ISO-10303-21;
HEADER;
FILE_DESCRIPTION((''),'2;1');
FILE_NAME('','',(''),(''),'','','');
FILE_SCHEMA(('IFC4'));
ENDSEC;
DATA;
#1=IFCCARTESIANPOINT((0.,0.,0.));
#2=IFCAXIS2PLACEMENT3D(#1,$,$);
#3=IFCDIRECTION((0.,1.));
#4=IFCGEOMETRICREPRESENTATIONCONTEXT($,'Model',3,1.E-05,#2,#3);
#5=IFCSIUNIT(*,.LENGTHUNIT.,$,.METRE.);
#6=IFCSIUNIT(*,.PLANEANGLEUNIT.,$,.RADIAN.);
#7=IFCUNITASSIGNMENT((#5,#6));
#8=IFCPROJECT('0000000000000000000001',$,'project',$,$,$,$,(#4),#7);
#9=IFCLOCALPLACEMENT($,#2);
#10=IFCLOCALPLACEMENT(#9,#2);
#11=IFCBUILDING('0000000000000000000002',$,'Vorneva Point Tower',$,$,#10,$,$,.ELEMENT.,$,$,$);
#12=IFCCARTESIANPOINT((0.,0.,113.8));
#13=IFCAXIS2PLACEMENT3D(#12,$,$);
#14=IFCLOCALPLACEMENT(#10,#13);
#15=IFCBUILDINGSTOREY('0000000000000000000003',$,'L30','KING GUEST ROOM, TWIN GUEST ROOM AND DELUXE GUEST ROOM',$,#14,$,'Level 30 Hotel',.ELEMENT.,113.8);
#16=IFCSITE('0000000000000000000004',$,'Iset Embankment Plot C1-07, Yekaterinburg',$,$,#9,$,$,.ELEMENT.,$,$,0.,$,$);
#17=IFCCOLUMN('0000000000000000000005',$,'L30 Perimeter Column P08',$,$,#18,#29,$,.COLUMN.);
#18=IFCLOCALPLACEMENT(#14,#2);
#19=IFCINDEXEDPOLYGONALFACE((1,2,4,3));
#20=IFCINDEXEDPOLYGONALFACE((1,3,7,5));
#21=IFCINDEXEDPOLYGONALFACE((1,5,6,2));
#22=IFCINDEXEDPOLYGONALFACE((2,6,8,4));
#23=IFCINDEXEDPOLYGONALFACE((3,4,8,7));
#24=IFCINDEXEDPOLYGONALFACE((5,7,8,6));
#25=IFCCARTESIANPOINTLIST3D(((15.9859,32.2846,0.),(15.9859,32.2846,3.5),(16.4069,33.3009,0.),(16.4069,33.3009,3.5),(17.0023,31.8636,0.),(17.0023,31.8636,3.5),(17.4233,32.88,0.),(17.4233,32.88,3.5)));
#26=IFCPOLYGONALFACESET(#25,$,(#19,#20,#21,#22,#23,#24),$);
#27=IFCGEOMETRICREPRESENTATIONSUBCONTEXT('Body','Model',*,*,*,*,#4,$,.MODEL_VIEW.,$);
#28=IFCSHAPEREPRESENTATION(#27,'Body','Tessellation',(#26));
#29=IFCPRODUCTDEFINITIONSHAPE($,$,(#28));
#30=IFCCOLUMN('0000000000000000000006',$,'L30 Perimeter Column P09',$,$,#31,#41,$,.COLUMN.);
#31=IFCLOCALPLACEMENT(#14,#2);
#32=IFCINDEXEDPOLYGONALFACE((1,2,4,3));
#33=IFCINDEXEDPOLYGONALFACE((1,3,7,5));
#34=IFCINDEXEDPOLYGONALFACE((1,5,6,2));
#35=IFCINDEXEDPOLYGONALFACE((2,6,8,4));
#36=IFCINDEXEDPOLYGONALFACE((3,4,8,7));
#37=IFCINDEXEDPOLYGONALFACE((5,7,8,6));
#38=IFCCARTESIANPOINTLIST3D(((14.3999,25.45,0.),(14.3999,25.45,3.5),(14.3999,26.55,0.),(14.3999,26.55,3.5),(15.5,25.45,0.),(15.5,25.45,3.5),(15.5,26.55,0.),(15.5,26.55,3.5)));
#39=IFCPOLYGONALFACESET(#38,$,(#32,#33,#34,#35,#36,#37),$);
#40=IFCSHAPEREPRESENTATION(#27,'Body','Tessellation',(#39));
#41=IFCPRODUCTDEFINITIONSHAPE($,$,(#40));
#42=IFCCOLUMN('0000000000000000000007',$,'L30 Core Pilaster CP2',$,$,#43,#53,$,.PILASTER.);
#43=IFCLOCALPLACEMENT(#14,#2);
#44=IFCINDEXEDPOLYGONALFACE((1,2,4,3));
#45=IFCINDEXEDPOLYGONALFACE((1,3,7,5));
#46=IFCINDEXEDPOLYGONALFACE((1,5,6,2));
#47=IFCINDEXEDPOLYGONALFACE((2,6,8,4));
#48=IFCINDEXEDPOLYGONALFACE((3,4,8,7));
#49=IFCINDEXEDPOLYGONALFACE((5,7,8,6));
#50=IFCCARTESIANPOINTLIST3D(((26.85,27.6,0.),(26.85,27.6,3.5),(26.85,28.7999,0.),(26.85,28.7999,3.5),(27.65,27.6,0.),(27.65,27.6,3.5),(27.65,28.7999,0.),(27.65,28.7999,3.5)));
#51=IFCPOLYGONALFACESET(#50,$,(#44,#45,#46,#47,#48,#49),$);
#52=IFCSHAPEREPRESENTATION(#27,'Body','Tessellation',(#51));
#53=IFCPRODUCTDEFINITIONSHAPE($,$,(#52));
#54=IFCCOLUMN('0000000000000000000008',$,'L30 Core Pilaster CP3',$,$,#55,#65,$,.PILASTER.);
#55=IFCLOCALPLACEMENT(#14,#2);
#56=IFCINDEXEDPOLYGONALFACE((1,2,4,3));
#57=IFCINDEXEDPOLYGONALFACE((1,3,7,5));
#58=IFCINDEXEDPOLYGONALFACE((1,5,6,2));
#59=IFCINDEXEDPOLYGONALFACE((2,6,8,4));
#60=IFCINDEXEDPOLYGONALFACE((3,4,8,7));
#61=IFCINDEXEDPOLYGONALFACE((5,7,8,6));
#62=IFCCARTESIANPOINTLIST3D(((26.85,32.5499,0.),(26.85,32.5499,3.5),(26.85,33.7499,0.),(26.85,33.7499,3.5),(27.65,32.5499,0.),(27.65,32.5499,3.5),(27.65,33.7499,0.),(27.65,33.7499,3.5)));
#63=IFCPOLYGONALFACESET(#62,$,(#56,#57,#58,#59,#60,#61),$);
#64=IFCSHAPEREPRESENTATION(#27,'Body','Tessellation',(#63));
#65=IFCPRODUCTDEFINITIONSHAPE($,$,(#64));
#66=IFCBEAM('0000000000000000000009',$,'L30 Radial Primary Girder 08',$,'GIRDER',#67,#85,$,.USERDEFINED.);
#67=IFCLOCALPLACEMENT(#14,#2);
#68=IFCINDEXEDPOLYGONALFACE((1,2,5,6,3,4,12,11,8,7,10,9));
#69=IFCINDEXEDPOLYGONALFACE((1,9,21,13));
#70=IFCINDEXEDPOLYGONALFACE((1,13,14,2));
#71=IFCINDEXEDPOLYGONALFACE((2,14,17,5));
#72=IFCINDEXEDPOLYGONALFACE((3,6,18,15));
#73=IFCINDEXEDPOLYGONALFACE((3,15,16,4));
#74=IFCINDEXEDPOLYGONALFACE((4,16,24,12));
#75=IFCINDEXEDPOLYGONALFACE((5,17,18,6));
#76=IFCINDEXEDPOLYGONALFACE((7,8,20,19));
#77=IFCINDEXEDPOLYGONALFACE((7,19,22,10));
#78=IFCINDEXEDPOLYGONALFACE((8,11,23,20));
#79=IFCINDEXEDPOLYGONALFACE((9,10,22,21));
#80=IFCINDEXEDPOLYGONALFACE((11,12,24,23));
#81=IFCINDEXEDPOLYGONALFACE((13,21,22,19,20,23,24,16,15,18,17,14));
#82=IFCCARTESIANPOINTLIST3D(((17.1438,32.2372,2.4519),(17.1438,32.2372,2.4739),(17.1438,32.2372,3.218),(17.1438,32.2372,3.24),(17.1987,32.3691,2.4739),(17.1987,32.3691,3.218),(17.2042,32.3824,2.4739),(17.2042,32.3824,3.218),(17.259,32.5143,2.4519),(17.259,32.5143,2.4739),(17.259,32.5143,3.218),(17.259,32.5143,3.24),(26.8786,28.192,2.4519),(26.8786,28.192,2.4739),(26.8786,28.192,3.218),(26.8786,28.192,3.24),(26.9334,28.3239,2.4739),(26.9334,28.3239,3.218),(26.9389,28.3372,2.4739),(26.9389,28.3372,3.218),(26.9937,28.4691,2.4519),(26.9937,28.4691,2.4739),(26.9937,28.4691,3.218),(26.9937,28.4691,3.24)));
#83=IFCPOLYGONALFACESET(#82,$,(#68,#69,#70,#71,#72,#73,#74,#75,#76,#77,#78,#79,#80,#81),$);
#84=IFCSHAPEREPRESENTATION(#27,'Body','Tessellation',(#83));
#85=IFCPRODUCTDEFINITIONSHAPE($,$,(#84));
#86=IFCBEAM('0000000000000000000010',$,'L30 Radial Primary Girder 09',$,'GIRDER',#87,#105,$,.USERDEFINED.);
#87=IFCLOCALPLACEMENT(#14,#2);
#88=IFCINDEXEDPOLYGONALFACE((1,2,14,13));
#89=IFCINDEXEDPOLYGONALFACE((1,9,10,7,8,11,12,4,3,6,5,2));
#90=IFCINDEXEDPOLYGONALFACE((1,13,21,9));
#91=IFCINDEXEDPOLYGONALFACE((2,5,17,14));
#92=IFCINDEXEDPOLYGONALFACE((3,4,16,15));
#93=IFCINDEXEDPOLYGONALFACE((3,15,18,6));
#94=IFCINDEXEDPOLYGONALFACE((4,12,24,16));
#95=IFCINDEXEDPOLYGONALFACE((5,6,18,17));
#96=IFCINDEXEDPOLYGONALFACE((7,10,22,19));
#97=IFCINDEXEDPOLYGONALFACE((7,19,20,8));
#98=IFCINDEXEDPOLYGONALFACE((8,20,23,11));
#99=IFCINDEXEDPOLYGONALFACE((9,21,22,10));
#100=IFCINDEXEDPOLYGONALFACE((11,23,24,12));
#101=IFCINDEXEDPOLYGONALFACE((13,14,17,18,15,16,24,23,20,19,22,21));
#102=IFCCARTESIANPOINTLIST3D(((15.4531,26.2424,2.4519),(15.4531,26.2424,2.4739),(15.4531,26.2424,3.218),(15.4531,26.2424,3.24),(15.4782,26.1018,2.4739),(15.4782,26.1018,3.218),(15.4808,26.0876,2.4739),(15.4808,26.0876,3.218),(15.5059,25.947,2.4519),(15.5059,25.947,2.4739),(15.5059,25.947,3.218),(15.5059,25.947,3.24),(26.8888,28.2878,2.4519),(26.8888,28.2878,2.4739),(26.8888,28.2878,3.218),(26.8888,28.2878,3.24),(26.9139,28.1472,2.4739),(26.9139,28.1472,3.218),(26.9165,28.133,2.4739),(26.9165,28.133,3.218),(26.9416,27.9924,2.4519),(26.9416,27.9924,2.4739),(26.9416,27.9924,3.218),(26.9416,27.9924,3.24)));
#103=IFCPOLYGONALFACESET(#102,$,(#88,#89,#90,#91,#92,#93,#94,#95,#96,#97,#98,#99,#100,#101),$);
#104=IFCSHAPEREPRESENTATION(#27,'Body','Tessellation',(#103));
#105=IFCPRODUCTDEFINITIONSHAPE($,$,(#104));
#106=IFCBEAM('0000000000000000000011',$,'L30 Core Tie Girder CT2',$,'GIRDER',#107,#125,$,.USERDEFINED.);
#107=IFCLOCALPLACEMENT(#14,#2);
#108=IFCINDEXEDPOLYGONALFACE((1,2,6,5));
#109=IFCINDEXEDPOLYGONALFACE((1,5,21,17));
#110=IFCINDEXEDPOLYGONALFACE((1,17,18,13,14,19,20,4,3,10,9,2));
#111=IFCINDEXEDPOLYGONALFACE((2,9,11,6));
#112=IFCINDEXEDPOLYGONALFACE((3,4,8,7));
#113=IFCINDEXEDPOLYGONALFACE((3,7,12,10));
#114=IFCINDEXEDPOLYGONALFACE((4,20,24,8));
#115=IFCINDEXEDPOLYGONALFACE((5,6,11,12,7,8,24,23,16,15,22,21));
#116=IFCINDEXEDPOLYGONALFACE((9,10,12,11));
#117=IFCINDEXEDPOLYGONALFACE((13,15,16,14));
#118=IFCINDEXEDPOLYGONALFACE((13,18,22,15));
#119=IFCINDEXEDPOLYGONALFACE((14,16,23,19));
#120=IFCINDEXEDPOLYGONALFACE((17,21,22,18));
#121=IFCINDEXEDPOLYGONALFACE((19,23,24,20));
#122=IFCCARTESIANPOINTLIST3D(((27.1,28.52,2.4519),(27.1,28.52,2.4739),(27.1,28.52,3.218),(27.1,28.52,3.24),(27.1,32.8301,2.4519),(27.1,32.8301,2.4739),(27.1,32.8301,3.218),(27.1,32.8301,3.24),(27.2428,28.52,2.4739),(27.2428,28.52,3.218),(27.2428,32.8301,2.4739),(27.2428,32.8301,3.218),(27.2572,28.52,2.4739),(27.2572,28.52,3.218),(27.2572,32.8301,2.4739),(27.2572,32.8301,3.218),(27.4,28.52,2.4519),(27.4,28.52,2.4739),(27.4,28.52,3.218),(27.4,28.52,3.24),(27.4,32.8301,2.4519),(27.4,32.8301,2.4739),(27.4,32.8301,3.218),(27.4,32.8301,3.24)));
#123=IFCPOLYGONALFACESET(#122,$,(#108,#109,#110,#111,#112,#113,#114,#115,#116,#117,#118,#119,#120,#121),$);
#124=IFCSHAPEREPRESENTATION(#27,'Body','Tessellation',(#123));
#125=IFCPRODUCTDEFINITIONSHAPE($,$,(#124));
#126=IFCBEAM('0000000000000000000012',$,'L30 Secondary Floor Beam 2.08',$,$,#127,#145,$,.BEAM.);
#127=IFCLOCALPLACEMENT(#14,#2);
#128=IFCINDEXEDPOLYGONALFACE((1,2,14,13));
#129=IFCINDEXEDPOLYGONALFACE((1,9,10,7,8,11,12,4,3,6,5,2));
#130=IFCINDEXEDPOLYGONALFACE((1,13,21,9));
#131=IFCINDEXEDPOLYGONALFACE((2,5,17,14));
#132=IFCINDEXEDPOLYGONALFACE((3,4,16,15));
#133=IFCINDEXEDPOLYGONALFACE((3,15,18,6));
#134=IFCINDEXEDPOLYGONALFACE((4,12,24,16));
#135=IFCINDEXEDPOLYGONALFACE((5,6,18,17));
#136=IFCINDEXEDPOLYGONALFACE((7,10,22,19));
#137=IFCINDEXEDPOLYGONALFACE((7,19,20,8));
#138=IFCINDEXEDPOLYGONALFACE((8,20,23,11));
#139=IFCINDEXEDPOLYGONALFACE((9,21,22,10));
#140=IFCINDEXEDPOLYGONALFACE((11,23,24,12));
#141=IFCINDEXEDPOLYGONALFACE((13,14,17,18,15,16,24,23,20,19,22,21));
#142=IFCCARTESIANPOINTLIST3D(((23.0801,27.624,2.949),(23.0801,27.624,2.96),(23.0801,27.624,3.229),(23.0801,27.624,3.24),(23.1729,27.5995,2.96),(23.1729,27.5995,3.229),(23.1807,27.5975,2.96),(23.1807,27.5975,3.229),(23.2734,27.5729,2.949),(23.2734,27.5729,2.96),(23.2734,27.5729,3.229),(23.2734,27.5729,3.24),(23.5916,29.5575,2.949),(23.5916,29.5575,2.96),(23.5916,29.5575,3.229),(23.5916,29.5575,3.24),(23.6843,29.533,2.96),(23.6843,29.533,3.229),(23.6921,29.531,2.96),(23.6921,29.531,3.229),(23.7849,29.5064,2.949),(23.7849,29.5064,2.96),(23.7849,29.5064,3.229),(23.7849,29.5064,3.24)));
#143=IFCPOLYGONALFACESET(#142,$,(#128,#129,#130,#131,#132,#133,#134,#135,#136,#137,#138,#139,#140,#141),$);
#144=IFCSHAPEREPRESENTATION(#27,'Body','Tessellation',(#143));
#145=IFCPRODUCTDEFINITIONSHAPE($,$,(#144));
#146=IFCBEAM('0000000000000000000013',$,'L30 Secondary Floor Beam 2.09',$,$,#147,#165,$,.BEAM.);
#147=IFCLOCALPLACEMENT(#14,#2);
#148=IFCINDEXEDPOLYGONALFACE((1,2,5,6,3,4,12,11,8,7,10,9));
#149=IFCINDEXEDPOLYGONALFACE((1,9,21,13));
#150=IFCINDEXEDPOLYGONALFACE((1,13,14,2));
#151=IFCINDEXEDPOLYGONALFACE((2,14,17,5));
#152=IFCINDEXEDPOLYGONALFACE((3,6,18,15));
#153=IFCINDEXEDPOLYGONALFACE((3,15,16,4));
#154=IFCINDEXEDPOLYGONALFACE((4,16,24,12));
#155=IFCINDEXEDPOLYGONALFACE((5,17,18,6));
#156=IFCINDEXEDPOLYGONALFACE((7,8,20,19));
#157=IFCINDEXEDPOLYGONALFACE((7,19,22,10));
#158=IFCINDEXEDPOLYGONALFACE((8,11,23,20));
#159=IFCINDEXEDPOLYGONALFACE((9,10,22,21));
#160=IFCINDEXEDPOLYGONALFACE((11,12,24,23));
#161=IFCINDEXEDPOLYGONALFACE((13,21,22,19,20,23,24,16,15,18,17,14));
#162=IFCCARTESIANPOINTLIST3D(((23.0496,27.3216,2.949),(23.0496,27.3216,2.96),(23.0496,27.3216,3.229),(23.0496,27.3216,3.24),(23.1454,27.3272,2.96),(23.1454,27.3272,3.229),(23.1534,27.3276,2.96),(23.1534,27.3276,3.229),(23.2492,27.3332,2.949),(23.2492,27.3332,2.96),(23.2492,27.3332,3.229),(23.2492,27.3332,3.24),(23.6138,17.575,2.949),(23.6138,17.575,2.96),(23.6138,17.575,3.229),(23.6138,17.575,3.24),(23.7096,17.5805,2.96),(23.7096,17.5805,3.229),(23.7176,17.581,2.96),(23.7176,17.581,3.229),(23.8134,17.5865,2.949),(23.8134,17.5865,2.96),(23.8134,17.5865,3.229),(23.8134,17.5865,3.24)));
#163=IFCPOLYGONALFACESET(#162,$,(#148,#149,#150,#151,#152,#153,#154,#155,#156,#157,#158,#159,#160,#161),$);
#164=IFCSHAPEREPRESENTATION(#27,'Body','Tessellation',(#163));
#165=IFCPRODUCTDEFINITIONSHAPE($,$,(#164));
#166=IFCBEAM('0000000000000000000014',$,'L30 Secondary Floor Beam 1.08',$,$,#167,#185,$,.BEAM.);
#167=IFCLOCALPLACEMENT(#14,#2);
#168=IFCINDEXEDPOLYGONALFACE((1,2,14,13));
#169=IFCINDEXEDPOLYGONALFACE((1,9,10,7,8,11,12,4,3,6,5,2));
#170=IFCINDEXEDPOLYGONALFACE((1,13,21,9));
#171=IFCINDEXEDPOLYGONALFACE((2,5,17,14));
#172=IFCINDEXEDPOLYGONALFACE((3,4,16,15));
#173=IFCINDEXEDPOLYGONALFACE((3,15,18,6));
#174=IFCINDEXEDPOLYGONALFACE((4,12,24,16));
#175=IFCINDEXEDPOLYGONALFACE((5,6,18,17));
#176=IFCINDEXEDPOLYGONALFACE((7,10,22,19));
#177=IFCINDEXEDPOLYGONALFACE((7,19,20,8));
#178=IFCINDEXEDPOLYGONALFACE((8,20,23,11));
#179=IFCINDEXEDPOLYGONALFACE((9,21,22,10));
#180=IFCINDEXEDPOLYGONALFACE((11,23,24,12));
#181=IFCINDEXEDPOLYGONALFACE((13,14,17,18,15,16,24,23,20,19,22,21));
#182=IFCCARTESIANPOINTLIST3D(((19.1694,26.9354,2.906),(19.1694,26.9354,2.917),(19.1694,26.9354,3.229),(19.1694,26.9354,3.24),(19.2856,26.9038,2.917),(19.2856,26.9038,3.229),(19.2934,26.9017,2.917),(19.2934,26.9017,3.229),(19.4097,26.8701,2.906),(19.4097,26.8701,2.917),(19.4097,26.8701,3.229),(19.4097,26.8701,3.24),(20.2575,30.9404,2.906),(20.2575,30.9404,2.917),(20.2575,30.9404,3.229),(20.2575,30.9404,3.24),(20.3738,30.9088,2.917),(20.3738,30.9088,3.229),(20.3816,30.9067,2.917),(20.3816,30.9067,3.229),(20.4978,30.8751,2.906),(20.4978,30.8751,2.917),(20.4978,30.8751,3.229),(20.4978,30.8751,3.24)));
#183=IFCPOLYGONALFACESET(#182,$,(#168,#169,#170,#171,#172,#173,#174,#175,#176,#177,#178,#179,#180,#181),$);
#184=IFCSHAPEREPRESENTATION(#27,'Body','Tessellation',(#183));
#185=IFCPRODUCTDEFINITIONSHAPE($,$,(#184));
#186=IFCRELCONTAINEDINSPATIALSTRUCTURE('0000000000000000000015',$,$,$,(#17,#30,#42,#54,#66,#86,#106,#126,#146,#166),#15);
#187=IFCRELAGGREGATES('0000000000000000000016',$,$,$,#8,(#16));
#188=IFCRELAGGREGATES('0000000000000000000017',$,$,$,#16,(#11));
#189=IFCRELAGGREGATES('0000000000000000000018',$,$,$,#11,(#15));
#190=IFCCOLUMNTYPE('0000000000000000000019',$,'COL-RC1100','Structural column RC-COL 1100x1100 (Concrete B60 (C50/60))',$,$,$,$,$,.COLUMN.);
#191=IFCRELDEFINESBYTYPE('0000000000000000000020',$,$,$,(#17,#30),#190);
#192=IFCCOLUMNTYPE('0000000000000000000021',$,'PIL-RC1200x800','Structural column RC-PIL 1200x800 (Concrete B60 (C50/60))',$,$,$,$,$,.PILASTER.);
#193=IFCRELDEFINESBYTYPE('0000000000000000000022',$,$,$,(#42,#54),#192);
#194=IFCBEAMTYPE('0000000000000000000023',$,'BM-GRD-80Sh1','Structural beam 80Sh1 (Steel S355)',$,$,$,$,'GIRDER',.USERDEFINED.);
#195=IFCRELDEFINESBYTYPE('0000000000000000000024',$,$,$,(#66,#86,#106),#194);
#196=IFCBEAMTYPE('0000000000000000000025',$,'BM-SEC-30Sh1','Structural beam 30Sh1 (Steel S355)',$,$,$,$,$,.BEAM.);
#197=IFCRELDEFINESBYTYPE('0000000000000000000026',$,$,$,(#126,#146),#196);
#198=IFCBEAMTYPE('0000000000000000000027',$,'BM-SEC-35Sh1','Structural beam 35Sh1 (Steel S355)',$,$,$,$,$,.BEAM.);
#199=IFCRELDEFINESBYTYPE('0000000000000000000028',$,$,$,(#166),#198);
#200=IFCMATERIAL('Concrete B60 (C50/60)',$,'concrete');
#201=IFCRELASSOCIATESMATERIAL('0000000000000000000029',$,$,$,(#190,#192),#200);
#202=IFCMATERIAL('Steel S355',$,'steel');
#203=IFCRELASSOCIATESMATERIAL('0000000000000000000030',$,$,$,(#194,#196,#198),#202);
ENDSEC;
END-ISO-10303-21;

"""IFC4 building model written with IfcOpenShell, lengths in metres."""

from ifc_helpers import new_model, si_unit, direction, frame, origin, origin_2d, place, context, subcontext, project, spatial, rectangle, i_section, extrude, material, material_profile, profile_set, type_object, element, save


model = new_model("IFC4")

# Units and contexts
model_context = context("Model", 3, precision=1e-05, world=origin(), true_north=direction((0.0, 1.0)))
body_context = subcontext(model_context, "Body", "Model", "MODEL_VIEW")
ifc_project = project(units=[si_unit("LENGTHUNIT", "METRE"), si_unit("PLANEANGLEUNIT", "RADIAN")], contexts=[model_context])

# Site, building, storey
site_placement = place(None, origin())
site = spatial("IfcSite", under=ifc_project, at=site_placement, Name="Iset Embankment Plot C1-07, Yekaterinburg", CompositionType="ELEMENT", RefElevation=0.0)
building_placement = place(site_placement, origin())
building = spatial("IfcBuilding", under=site, at=building_placement, Name="Vorneva Point Tower", CompositionType="ELEMENT")
storey_placement = place(building_placement, frame((0.0, 0.0, 113.8)))
storey = spatial("IfcBuildingStorey", under=building, at=storey_placement, Name="L30", Description="KING GUEST ROOM, TWIN GUEST ROOM AND DELUXE GUEST ROOM", LongName="Level 30 Hotel", CompositionType="ELEMENT", Elevation=113.8)

# Columns
ifc_material_1 = material(Name="Concrete B60 (C50/60)", Category="concrete")
ifc_material_profile_1 = material_profile(ifc_material_1, rectangle(XDim=1.1001, YDim=1.1001, at=origin_2d()), Name="RC-COL 1100x1100")
ifc_profile_set_1 = profile_set([ifc_material_profile_1], Name="Concrete B60 (C50/60)")
column_type_1 = type_object("IfcColumnType", Name="COL-RC1100", Description="Structural column RC-COL 1100x1100 (Concrete B60 (C50/60))", PredefinedType="COLUMN", material=ifc_profile_set_1)
for number, where, z_axis, x_axis, name in (
    (1, (16.7046, 32.5823, 0.0), (0.0, 0.0, 1.0), (-0.92388, 0.382683, 0.0), "L30 Perimeter Column P08"),
    (2, (14.95, 26.0, 0.0), (0.0, 0.0, 1.0), (-1.0, 0.0, 0.0), "L30 Perimeter Column P09"),
):
    element("IfcColumn", number, at=place(storey_placement, frame(where, z_axis=z_axis, x_axis=x_axis)), inside=storey, type_object=column_type_1, Name=name, PredefinedType="COLUMN", context=body_context, shape_type="SweptSolid", body=[
        extrude(rectangle(XDim=1.1001, YDim=1.1001, at=origin_2d()), origin(), (0.0, 0.0, 1.0), 3.5),
    ])
ifc_material_profile_2 = material_profile(ifc_material_1, rectangle(XDim=0.8, YDim=1.2, at=origin_2d()), Name="RC-PIL 1200x800")
ifc_profile_set_2 = profile_set([ifc_material_profile_2], Name="Concrete B60 (C50/60)")
column_type_2 = type_object("IfcColumnType", Name="PIL-RC1200x800", Description="Structural column RC-PIL 1200x800 (Concrete B60 (C50/60))", PredefinedType="PILASTER", material=ifc_profile_set_2)
for number, where, z_axis, x_axis, name in (
    (3, (27.25, 28.2, 0.0), (0.0, 0.0, 1.0), (1.0, 0.0, 0.0), "L30 Core Pilaster CP2"),
    (4, (27.25, 33.1499, 0.0), (0.0, 0.0, 1.0), (1.0, 0.0, 0.0), "L30 Core Pilaster CP3"),
):
    element("IfcColumn", number, at=place(storey_placement, frame(where, z_axis=z_axis, x_axis=x_axis)), inside=storey, type_object=column_type_2, Name=name, PredefinedType="PILASTER", context=body_context, shape_type="SweptSolid", body=[
        extrude(rectangle(XDim=0.8, YDim=1.2, at=origin_2d()), origin(), (0.0, 0.0, 1.0), 3.5),
    ])

# Beams
ifc_material_2 = material(Name="Steel S355", Category="steel")
ifc_material_profile_3 = material_profile(ifc_material_2, i_section(OverallWidth=0.3, OverallDepth=0.7881, WebThickness=0.0144, FlangeThickness=0.022, at=origin_2d()), Name="80Sh1")
ifc_profile_set_3 = profile_set([ifc_material_profile_3], Name="Steel S355")
beam_type_1 = type_object("IfcBeamType", Name="BM-GRD-80Sh1", Description="Structural beam 80Sh1 (Steel S355)", ElementType="GIRDER", PredefinedType="USERDEFINED", material=ifc_profile_set_3)
beam_1_placement = place(storey_placement, frame((17.2014, 32.3757, 2.8459), z_axis=(0.923444, -0.383732, 0.0), x_axis=(0.383732, 0.923444, 0.0)))
element("IfcBeam", 5, at=beam_1_placement, inside=storey, type_object=beam_type_1, Name="L30 Radial Primary Girder 08", ObjectType="GIRDER", PredefinedType="USERDEFINED", context=body_context, shape_type="SweptSolid", body=[
    extrude(i_section(OverallWidth=0.3, OverallDepth=0.7881, WebThickness=0.0144, FlangeThickness=0.022, at=origin_2d()), origin(), (0.0, 0.0, 1.0), 10.5417),
])
beam_2_placement = place(storey_placement, frame((15.4795, 26.0947, 2.8459), z_axis=(0.984378, 0.176066, 0.0), x_axis=(-0.176066, 0.984378, 0.0)))
element("IfcBeam", 6, at=beam_2_placement, inside=storey, type_object=beam_type_1, Name="L30 Radial Primary Girder 09", ObjectType="GIRDER", PredefinedType="USERDEFINED", context=body_context, shape_type="SweptSolid", body=[
    extrude(i_section(OverallWidth=0.3, OverallDepth=0.7881, WebThickness=0.0144, FlangeThickness=0.022, at=origin_2d()), origin(), (0.0, 0.0, 1.0), 11.6172),
])
beam_3_placement = place(storey_placement, frame((27.25, 28.52, 2.8459), z_axis=(0.0, 1.0, 0.0), x_axis=(-1.0, 0.0, 0.0)))
element("IfcBeam", 7, at=beam_3_placement, inside=storey, type_object=beam_type_1, Name="L30 Core Tie Girder CT2", ObjectType="GIRDER", PredefinedType="USERDEFINED", context=body_context, shape_type="SweptSolid", body=[
    extrude(i_section(OverallWidth=0.3, OverallDepth=0.7881, WebThickness=0.0144, FlangeThickness=0.022, at=origin_2d()), origin(), (0.0, 0.0, 1.0), 4.3101),
])
ifc_material_profile_4 = material_profile(ifc_material_2, i_section(OverallWidth=0.2, OverallDepth=0.291, WebThickness=0.0081, FlangeThickness=0.011, at=origin_2d()), Name="30Sh1")
ifc_profile_set_4 = profile_set([ifc_material_profile_4], Name="Steel S355")
beam_type_2 = type_object("IfcBeamType", Name="BM-SEC-30Sh1", Description="Structural beam 30Sh1 (Steel S355)", PredefinedType="BEAM", material=ifc_profile_set_4)
beam_4_placement = place(storey_placement, frame((23.6882, 29.532, 3.0945), z_axis=(-0.255725, -0.96675, 0.0), x_axis=(0.96675, -0.255725, 0.0)))
element("IfcBeam", 8, at=beam_4_placement, inside=storey, type_object=beam_type_2, Name="L30 Secondary Floor Beam 2.08", PredefinedType="BEAM", context=body_context, shape_type="SweptSolid", body=[
    extrude(i_section(OverallWidth=0.2, OverallDepth=0.291, WebThickness=0.0081, FlangeThickness=0.011, at=origin_2d()), origin(), (0.0, 0.0, 1.0), 2.0),
])
beam_5_placement = place(storey_placement, frame((23.1494, 27.3274, 3.0945), z_axis=(0.057791, -0.998329, 0.0), x_axis=(0.998329, 0.057791, 0.0)))
element("IfcBeam", 9, at=beam_5_placement, inside=storey, type_object=beam_type_2, Name="L30 Secondary Floor Beam 2.09", PredefinedType="BEAM", context=body_context, shape_type="SweptSolid", body=[
    extrude(i_section(OverallWidth=0.2, OverallDepth=0.291, WebThickness=0.0081, FlangeThickness=0.011, at=origin_2d()), origin(), (0.0, 0.0, 1.0), 9.7629),
])
ifc_material_profile_5 = material_profile(ifc_material_2, i_section(OverallWidth=0.249, OverallDepth=0.334, WebThickness=0.0081, FlangeThickness=0.011, at=origin_2d()), Name="35Sh1")
ifc_profile_set_5 = profile_set([ifc_material_profile_5], Name="Steel S355")
beam_type_3 = type_object("IfcBeamType", Name="BM-SEC-35Sh1", Description="Structural beam 35Sh1 (Steel S355)", PredefinedType="BEAM", material=ifc_profile_set_5)
beam_6_placement = place(storey_placement, frame((20.3777, 30.9077, 3.073), z_axis=(-0.262196, -0.965015, 0.0), x_axis=(0.965015, -0.262196, 0.0)))
element("IfcBeam", 10, at=beam_6_placement, inside=storey, type_object=beam_type_3, Name="L30 Secondary Floor Beam 1.08", PredefinedType="BEAM", context=body_context, shape_type="SweptSolid", body=[
    extrude(i_section(OverallWidth=0.249, OverallDepth=0.334, WebThickness=0.0081, FlangeThickness=0.011, at=origin_2d()), origin(), (0.0, 0.0, 1.0), 4.1501),
])

save(model, "model.ifc")
